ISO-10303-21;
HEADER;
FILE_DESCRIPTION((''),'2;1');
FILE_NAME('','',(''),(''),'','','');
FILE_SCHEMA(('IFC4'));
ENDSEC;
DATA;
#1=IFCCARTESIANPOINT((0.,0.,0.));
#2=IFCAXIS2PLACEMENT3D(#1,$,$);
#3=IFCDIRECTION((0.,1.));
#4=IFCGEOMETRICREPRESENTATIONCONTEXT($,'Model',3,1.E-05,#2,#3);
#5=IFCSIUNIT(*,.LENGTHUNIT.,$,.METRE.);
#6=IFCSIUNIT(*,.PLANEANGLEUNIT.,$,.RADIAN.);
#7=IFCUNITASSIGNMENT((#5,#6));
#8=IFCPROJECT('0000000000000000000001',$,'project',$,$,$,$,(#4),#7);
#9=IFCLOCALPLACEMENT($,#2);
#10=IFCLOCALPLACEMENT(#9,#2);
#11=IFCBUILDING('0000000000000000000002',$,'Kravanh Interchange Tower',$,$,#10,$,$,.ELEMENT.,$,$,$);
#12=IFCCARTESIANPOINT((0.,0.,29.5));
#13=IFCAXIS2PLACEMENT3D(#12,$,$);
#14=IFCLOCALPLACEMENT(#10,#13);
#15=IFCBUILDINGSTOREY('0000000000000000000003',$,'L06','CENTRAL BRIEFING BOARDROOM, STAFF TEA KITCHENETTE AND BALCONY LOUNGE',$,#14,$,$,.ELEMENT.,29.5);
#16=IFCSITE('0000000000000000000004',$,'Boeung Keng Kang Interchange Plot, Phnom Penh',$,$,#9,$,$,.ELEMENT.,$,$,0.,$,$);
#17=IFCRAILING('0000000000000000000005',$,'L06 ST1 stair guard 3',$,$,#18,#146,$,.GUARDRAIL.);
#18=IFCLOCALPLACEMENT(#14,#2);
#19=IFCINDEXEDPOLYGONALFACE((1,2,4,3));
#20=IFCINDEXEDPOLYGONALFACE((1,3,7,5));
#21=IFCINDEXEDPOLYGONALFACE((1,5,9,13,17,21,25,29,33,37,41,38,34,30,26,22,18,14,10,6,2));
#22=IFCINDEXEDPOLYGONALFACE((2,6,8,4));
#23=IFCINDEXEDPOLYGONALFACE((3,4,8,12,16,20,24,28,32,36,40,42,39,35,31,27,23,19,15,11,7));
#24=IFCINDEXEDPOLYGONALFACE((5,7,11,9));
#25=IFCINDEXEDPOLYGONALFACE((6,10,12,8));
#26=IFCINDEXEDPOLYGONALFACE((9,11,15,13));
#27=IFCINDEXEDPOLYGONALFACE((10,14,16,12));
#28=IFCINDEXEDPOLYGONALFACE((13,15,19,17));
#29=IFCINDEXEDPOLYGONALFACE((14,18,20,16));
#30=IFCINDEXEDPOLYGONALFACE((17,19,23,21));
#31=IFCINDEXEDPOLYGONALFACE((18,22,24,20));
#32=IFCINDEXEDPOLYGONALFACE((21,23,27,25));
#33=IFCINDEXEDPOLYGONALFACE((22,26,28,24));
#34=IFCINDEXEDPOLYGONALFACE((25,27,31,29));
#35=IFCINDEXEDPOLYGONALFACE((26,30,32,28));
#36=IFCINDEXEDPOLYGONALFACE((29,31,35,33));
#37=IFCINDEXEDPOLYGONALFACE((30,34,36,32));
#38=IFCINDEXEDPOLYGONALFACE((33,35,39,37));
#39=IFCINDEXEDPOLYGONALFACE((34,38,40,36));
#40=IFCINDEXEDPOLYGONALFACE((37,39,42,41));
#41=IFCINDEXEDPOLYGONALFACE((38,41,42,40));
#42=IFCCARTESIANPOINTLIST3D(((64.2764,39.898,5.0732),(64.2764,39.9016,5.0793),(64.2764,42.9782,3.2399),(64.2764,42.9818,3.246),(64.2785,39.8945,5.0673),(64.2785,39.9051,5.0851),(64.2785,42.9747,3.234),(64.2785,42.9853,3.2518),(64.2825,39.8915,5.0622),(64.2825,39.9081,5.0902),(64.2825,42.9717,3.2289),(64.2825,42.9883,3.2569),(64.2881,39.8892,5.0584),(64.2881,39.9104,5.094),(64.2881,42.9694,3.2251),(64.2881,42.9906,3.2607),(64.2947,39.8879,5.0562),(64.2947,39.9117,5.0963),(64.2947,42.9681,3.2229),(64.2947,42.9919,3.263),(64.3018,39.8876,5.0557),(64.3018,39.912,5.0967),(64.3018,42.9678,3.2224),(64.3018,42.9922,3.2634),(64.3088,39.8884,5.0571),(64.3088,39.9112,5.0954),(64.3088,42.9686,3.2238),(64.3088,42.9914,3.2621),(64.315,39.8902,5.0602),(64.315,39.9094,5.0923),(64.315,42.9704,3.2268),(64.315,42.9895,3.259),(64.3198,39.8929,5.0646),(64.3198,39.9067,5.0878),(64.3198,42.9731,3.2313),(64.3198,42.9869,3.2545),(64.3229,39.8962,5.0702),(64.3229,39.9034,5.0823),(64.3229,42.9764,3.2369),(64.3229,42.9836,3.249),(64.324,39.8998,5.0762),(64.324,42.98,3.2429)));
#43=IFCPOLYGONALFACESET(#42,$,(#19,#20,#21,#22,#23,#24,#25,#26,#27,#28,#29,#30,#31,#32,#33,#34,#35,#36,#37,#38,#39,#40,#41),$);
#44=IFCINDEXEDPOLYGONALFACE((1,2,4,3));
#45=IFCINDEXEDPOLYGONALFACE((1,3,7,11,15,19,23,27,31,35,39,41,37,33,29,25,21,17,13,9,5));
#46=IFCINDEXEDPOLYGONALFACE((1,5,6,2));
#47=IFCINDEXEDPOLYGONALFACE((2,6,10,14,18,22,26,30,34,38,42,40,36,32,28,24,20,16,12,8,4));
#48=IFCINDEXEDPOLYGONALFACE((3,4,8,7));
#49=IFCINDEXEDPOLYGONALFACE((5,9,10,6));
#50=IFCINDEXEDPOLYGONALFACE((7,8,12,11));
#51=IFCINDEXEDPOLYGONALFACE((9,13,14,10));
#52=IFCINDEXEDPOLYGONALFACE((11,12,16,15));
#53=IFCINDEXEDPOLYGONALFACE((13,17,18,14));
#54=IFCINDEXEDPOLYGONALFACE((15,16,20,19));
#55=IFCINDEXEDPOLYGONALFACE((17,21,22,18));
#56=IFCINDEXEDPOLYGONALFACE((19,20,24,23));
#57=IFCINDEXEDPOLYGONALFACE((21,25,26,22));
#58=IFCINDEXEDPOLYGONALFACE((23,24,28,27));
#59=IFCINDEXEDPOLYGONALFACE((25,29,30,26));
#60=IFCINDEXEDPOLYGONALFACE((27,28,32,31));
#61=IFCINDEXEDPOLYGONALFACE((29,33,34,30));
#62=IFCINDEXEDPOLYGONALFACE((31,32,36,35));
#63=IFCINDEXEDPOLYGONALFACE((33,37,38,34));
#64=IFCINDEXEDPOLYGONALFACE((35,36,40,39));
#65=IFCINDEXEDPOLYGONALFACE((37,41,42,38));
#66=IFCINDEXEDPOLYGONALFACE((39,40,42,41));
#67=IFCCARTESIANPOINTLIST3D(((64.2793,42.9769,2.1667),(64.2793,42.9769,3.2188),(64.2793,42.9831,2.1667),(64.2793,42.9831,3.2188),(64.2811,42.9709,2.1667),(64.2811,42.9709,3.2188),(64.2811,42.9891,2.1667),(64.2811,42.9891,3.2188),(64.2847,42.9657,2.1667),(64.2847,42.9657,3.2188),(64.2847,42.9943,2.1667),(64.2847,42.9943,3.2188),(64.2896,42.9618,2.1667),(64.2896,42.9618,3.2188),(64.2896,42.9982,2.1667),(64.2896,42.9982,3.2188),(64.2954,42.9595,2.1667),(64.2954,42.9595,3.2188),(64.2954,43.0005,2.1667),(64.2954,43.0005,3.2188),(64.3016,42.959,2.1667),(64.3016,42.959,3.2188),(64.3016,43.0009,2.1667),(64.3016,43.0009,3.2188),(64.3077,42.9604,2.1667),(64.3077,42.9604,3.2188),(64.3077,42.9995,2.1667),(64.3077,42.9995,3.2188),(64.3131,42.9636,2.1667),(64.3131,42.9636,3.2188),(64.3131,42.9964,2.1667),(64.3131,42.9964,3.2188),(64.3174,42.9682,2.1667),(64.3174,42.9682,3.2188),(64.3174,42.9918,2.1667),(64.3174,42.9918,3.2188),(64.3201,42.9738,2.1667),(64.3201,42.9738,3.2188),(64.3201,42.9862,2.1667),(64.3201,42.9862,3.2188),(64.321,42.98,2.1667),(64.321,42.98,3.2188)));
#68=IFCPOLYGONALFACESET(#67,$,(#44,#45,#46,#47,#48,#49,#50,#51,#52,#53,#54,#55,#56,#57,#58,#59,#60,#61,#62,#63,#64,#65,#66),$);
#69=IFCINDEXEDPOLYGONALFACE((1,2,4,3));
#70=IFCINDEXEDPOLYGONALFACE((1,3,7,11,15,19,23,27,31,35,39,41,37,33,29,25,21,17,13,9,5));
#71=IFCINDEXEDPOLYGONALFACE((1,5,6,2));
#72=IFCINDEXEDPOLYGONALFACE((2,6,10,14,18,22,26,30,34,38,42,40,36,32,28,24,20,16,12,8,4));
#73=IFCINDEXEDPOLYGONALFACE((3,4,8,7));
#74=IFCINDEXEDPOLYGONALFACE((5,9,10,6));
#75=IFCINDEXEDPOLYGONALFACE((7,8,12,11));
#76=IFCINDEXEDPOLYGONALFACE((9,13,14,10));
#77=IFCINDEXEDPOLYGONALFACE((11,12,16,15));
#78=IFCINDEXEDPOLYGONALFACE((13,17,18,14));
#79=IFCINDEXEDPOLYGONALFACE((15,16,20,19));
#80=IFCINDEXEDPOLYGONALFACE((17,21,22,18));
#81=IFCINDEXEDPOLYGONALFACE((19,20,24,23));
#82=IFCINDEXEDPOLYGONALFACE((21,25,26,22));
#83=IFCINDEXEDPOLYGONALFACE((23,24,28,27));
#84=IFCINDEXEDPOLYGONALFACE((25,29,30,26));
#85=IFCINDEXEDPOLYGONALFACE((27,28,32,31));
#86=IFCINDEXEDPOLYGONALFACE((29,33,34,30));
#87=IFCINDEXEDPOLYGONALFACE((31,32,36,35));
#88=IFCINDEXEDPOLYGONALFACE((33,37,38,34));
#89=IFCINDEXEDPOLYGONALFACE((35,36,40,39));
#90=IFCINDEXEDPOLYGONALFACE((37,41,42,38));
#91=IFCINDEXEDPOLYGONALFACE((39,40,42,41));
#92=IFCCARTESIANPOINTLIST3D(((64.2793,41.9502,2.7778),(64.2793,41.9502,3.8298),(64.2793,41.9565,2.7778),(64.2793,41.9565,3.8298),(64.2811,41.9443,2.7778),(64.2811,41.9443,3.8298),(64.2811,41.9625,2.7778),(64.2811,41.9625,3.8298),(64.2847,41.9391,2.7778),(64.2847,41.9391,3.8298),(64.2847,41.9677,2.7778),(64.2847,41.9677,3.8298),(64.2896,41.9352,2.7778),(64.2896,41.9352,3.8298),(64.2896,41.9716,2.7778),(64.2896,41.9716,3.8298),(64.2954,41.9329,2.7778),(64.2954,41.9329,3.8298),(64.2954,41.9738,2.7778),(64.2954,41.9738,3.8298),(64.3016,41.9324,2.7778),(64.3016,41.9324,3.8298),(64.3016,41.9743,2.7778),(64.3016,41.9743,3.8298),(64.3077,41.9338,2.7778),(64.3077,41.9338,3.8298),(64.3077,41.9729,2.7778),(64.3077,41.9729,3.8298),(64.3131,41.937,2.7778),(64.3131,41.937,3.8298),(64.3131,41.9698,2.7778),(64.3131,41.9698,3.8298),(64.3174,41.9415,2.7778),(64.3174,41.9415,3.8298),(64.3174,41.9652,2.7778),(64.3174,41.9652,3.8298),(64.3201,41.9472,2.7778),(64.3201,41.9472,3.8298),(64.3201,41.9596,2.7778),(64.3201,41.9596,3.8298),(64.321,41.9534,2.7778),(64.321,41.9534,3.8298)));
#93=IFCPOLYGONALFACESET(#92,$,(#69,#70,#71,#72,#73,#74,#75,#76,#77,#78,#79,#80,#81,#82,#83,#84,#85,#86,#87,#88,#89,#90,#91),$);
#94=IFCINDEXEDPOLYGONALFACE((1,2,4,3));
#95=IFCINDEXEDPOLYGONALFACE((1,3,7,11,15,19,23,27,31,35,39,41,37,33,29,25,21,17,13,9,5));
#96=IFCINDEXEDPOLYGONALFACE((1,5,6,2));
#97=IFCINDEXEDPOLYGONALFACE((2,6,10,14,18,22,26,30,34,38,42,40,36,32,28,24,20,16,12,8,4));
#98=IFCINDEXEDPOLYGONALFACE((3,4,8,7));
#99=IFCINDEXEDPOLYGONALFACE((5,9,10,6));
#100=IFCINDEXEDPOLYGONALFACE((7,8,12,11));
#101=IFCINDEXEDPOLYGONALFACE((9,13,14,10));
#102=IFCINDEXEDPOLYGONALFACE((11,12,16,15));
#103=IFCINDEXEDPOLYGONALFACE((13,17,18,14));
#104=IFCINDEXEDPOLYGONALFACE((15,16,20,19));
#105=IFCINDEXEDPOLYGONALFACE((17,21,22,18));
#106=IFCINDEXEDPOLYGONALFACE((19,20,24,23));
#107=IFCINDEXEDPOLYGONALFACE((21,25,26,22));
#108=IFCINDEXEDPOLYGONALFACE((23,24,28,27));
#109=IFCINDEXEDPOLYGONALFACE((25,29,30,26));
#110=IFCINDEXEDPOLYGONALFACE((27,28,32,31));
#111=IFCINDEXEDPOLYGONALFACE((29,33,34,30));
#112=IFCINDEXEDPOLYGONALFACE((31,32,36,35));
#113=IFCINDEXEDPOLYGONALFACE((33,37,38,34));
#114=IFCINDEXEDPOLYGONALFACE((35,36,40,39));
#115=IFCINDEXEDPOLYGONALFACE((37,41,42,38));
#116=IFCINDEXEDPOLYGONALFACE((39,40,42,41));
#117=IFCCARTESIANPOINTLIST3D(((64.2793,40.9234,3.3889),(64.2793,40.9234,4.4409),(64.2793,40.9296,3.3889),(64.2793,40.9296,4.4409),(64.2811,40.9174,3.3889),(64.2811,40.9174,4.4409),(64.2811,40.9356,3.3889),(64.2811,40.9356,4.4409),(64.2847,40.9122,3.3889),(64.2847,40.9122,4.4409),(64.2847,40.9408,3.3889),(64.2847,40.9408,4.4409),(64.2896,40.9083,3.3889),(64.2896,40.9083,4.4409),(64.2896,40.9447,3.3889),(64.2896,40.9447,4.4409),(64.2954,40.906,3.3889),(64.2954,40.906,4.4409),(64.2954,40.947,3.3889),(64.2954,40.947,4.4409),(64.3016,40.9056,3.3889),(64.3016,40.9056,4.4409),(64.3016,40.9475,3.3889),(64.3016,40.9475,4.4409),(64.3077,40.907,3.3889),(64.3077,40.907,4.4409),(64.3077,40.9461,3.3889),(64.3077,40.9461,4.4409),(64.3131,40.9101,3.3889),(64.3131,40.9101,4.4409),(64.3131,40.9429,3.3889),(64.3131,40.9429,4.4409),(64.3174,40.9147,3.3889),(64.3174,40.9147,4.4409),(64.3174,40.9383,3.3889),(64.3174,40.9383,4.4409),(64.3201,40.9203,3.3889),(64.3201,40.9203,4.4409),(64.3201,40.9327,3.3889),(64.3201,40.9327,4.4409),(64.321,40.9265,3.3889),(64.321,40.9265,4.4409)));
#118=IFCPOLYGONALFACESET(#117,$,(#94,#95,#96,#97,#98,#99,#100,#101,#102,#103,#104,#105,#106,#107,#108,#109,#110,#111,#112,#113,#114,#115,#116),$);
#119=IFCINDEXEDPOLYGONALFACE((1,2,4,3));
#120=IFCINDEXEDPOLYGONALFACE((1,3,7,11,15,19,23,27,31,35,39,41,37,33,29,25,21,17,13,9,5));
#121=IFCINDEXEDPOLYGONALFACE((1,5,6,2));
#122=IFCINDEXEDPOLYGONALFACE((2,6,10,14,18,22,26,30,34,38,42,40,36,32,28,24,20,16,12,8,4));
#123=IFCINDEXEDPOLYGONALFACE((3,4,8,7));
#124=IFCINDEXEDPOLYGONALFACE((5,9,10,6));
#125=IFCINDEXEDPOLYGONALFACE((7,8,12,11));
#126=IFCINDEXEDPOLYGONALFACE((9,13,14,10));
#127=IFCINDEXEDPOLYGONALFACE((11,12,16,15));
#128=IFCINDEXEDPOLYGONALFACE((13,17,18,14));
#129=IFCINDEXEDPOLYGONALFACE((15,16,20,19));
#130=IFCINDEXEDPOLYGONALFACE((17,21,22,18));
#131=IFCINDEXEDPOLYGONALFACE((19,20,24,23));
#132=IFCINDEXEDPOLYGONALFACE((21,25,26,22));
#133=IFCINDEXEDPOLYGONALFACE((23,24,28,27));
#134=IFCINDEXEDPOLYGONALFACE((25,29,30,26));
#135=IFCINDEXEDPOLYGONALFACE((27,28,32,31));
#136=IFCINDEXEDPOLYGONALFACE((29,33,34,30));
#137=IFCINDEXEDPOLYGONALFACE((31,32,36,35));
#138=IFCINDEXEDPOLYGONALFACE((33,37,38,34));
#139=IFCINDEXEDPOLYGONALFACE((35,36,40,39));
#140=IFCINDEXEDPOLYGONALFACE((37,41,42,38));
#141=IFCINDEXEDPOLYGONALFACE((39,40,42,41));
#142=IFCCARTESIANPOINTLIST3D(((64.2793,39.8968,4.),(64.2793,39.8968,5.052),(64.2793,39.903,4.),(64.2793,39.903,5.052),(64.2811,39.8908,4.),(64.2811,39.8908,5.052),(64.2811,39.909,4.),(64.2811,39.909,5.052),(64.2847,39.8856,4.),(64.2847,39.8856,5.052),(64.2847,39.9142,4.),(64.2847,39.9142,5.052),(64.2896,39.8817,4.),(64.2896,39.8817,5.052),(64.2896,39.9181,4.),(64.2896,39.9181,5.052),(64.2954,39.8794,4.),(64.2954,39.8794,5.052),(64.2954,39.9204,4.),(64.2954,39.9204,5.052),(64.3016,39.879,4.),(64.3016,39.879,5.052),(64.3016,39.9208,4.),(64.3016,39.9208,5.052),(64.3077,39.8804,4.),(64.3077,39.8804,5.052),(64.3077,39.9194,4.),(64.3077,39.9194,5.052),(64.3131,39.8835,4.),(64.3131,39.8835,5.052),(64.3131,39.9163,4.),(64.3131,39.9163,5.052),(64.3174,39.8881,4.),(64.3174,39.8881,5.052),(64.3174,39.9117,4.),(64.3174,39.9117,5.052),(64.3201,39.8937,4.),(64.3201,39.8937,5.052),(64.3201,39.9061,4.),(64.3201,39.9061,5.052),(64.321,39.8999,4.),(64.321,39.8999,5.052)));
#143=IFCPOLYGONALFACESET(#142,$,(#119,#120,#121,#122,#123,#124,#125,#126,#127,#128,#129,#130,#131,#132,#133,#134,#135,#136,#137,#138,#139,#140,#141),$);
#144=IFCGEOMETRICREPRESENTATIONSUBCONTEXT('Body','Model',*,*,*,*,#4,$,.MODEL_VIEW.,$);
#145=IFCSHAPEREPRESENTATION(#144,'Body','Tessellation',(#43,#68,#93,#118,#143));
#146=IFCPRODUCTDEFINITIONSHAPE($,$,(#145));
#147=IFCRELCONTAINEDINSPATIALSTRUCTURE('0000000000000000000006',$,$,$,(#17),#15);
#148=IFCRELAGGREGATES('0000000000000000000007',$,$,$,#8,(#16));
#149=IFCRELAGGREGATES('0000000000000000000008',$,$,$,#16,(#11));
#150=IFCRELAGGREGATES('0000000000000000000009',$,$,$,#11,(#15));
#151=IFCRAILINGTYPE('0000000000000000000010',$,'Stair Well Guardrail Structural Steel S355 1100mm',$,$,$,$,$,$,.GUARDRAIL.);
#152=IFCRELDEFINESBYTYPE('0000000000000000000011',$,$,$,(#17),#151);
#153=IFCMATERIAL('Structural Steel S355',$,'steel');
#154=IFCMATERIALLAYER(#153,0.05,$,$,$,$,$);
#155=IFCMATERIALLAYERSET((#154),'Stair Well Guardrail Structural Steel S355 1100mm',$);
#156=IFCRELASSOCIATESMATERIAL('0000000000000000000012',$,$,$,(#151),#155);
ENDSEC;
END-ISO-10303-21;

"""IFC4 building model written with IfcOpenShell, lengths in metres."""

from ifc_helpers import new_model, si_unit, direction, frame, origin, origin_2d, place, context, subcontext, project, spatial, circle, extrude, material, layer, layer_set, type_object, element, save


model = new_model("IFC4")

# Units and contexts
model_context = context("Model", 3, precision=1e-05, world=origin(), true_north=direction((0.0, 1.0)))
body_context = subcontext(model_context, "Body", "Model", "MODEL_VIEW")
ifc_project = project(units=[si_unit("LENGTHUNIT", "METRE"), si_unit("PLANEANGLEUNIT", "RADIAN")], contexts=[model_context])

# Site, building, storey
site_placement = place(None, origin())
site = spatial("IfcSite", under=ifc_project, at=site_placement, Name="Boeung Keng Kang Interchange Plot, Phnom Penh", CompositionType="ELEMENT", RefElevation=0.0)
building_placement = place(site_placement, origin())
building = spatial("IfcBuilding", under=site, at=building_placement, Name="Kravanh Interchange Tower", CompositionType="ELEMENT")
storey_placement = place(building_placement, frame((0.0, 0.0, 29.5)))
storey = spatial("IfcBuildingStorey", under=building, at=storey_placement, Name="L06", Description="CENTRAL BRIEFING BOARDROOM, STAFF TEA KITCHENETTE AND BALCONY LOUNGE", CompositionType="ELEMENT", Elevation=29.5)

# Railing
ifc_material_1 = material(Name="Structural Steel S355", Category="steel")
ifc_layer_1 = layer(ifc_material_1, 0.05)
ifc_layer_set_1 = layer_set([ifc_layer_1], Name="Stair Well Guardrail Structural Steel S355 1100mm")
railing_type_1 = type_object("IfcRailingType", Name="Stair Well Guardrail Structural Steel S355 1100mm", PredefinedType="GUARDRAIL", material=ifc_layer_set_1)
railing_1_placement = place(storey_placement, frame((64.3, 42.98, 2.1667)))
element("IfcRailing", 1, at=railing_1_placement, inside=storey, type_object=railing_type_1, Name="L06 ST1 stair guard 3", PredefinedType="GUARDRAIL", context=body_context, shape_type="SweptSolid", body=[
    extrude(circle(Radius=0.0239, at=origin_2d()), frame((0.0, 0.0, 1.0762), z_axis=(0.0, -0.859309, 0.511458), x_axis=(1.0, 0.0, 0.0)), (0.0, 0.0, 1.0), 3.5845),
    extrude(circle(Radius=0.021, at=origin_2d()), origin(), (0.0, 0.0, 1.0), 1.052),
    extrude(circle(Radius=0.021, at=origin_2d()), frame((0.0, -1.0266, 0.6111)), (0.0, 0.0, 1.0), 1.052),
    extrude(circle(Radius=0.021, at=origin_2d()), frame((0.0, -2.0535, 1.2222)), (0.0, 0.0, 1.0), 1.052),
    extrude(circle(Radius=0.021, at=origin_2d()), frame((0.0, -3.0801, 1.8333)), (0.0, 0.0, 1.0), 1.052),
])

save(model, "model.ifc")
